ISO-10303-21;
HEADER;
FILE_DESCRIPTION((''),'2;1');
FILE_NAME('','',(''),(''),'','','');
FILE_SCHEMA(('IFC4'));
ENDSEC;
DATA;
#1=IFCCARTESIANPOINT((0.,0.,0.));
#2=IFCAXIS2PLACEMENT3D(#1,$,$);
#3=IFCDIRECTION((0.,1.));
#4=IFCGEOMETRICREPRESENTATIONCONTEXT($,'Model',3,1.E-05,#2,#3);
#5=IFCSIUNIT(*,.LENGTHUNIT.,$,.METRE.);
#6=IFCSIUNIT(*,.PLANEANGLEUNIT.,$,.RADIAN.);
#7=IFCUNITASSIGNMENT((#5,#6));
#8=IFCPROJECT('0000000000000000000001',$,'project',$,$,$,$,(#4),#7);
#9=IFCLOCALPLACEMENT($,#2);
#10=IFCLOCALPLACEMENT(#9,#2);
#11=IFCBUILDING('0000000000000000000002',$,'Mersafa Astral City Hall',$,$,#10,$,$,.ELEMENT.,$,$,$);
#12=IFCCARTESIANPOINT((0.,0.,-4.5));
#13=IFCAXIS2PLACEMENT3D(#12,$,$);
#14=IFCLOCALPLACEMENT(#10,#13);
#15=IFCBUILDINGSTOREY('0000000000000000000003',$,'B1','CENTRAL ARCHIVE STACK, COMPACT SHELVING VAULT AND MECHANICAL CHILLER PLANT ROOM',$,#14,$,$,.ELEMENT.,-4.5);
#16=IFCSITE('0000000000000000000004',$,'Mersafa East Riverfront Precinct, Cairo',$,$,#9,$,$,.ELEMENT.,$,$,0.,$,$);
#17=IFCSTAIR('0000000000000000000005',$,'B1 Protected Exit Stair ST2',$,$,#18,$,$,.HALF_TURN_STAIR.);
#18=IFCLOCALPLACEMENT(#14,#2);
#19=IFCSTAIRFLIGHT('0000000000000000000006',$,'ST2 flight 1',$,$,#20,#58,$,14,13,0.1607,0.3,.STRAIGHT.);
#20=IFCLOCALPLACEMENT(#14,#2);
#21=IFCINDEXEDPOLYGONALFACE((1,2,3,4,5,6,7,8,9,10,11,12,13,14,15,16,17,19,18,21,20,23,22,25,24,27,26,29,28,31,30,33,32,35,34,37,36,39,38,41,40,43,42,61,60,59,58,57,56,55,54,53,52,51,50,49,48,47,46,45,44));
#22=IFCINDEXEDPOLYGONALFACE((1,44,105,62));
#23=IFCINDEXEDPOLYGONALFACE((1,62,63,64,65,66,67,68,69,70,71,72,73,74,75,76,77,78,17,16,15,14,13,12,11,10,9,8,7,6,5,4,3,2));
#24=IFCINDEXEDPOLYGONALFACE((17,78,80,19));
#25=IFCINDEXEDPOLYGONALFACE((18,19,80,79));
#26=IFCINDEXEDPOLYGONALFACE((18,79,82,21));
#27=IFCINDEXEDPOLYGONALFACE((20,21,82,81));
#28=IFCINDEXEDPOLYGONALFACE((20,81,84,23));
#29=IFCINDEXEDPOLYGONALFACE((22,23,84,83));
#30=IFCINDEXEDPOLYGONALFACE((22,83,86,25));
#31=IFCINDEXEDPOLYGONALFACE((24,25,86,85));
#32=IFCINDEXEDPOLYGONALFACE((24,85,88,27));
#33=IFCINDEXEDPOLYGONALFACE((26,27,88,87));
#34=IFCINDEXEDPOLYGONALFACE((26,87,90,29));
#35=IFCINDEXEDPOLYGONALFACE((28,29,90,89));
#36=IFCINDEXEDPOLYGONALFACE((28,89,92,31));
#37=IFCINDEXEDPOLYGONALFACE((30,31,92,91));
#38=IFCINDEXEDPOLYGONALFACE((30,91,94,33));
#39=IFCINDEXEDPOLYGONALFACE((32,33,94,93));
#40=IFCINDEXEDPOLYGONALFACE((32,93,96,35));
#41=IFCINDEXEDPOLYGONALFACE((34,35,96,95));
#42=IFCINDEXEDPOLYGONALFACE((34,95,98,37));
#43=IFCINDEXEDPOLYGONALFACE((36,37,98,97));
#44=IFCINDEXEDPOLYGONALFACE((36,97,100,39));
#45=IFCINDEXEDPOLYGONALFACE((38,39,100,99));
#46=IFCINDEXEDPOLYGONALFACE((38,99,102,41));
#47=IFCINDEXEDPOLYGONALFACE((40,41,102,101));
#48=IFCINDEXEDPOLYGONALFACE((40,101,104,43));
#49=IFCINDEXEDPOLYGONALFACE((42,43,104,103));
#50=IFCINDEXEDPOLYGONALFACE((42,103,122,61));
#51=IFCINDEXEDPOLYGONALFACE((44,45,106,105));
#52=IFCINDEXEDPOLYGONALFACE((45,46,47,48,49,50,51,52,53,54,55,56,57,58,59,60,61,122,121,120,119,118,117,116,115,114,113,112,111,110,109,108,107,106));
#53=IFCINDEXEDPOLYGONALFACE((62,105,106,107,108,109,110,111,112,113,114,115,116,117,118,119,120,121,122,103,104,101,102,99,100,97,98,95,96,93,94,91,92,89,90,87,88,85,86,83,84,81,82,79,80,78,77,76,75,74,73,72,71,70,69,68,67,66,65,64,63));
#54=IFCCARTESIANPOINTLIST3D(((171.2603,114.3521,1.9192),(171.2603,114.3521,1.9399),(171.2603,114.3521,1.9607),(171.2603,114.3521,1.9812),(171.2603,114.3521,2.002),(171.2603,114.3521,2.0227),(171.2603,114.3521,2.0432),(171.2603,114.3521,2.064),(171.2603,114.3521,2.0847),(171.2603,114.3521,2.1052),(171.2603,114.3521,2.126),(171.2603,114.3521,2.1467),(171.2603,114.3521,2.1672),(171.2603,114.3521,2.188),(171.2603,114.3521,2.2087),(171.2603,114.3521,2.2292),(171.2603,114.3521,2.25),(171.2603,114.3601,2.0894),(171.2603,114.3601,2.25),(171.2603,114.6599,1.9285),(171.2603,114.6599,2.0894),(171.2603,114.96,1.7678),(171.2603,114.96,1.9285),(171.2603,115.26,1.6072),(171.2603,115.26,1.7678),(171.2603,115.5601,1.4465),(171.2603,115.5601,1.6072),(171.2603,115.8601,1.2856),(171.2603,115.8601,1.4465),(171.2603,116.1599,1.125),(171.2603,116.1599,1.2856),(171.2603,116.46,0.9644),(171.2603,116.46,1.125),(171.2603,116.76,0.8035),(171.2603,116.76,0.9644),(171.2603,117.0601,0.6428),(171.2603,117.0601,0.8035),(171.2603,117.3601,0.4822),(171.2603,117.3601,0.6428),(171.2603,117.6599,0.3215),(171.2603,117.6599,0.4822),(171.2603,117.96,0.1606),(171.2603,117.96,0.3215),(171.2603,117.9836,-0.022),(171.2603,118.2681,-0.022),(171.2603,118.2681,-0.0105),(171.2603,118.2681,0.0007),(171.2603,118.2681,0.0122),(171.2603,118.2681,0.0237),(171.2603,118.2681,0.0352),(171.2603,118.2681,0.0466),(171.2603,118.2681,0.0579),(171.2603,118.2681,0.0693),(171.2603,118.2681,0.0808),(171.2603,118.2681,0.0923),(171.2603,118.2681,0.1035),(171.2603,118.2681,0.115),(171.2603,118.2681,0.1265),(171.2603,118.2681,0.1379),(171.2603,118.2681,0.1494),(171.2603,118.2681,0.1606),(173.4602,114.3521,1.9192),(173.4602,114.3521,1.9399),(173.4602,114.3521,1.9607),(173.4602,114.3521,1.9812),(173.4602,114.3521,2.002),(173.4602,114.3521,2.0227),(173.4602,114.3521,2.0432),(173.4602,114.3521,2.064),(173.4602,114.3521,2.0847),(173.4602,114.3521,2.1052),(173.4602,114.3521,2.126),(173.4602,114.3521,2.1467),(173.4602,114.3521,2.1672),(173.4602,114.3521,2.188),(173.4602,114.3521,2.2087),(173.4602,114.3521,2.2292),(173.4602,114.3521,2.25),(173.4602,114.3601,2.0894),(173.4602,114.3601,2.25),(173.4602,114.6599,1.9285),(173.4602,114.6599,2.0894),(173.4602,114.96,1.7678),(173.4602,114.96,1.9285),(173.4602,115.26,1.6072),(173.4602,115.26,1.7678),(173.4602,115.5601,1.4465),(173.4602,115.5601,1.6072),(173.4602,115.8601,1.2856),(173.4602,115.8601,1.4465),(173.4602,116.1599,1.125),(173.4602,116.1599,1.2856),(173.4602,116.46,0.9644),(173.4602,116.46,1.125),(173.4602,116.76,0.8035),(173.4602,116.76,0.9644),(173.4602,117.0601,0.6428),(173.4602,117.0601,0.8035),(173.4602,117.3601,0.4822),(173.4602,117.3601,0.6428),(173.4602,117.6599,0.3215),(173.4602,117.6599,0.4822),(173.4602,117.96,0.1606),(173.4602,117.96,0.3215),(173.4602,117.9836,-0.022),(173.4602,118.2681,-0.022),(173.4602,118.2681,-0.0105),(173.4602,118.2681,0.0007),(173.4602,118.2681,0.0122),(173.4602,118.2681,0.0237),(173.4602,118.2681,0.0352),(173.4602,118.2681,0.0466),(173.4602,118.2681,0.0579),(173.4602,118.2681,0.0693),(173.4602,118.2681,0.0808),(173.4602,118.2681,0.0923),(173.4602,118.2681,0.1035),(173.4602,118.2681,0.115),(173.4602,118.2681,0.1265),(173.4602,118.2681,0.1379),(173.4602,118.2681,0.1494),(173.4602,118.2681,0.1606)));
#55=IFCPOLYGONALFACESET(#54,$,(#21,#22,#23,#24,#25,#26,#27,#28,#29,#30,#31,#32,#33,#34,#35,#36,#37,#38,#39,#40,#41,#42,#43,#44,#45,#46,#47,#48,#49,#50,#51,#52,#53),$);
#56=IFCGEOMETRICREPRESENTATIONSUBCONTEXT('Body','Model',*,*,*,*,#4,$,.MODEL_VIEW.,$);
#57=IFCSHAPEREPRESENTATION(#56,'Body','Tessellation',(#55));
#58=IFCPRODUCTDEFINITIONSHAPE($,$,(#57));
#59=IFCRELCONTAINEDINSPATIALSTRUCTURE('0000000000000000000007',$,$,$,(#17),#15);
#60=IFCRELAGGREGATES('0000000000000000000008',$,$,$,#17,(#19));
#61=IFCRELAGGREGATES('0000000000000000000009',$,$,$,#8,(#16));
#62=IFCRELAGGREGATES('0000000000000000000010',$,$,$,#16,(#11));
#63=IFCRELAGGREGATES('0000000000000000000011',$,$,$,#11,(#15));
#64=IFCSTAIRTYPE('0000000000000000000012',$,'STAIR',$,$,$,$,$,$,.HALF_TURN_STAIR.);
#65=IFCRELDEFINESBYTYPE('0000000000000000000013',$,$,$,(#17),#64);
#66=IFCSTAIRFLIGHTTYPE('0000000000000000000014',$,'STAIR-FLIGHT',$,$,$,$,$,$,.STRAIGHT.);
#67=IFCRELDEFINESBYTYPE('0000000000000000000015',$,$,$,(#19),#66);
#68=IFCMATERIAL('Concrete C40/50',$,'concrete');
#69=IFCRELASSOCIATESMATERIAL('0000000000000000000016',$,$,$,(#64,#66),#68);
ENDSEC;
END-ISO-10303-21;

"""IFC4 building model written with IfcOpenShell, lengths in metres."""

from ifc_helpers import new_model, si_unit, direction, frame, origin, place, context, subcontext, project, spatial, polyline, outline, extrude, material, type_object, element, aggregate, save


model = new_model("IFC4")

# Units and contexts
model_context = context("Model", 3, precision=1e-05, world=origin(), true_north=direction((0.0, 1.0)))
body_context = subcontext(model_context, "Body", "Model", "MODEL_VIEW")
ifc_project = project(units=[si_unit("LENGTHUNIT", "METRE"), si_unit("PLANEANGLEUNIT", "RADIAN")], contexts=[model_context])

# Site, building, storey
site_placement = place(None, origin())
site = spatial("IfcSite", under=ifc_project, at=site_placement, Name="Mersafa East Riverfront Precinct, Cairo", CompositionType="ELEMENT", RefElevation=0.0)
building_placement = place(site_placement, origin())
building = spatial("IfcBuilding", under=site, at=building_placement, Name="Mersafa Astral City Hall", CompositionType="ELEMENT")
storey_placement = place(building_placement, frame((0.0, 0.0, -4.5)))
storey = spatial("IfcBuildingStorey", under=building, at=storey_placement, Name="B1", Description="CENTRAL ARCHIVE STACK, COMPACT SHELVING VAULT AND MECHANICAL CHILLER PLANT ROOM", CompositionType="ELEMENT", Elevation=-4.5)

# Shared definitions
ifc_material_1 = material(Name="Concrete C40/50", Category="concrete")

# Stair, stair flight
stair_type = type_object("IfcStairType", Name="STAIR", PredefinedType="HALF_TURN_STAIR", material=ifc_material_1)
stair_placement = place(storey_placement, origin())
stair = element("IfcStair", 1, at=stair_placement, inside=storey, type_object=stair_type, Name="B1 Protected Exit Stair ST2", PredefinedType="HALF_TURN_STAIR")
stair_flight_type = type_object("IfcStairFlightType", Name="STAIR-FLIGHT", PredefinedType="STRAIGHT", material=ifc_material_1)
stair_flight_placement = place(storey_placement, frame((172.3601, 118.26, 0.0), z_axis=(0.0, 0.0, 1.0), x_axis=(0.0, -1.0, 0.0)))
stair_flight = element("IfcStairFlight", 2, at=stair_flight_placement, type_object=stair_flight_type, Name="ST2 flight 1", NumberOfRisers=14, NumberOfTreads=13, PredefinedType="STRAIGHT", RiserHeight=0.1607, TreadLength=0.3, context=body_context, shape_type="SweptSolid", body=[
    extrude(outline(polyline([(-0.0081, -0.022), (-0.0081, -0.0105), (-0.0081, 0.0007), (-0.0081, 0.0122), (-0.0081, 0.0237), (-0.0081, 0.0352), (-0.0081, 0.0466), (-0.0081, 0.0579), (-0.0081, 0.0693), (-0.0081, 0.0808), (-0.0081, 0.0923), (-0.0081, 0.1035), (-0.0081, 0.115), (-0.0081, 0.1265), (-0.0081, 0.1379), (-0.0081, 0.1494), (-0.0081, 0.1606), (0.3, 0.1606), (0.3, 0.3215), (0.6001, 0.3215), (0.6001, 0.4822), (0.8999, 0.4822), (0.8999, 0.6428), (1.2, 0.6428), (1.2, 0.8035), (1.5, 0.8035), (1.5, 0.9644), (1.8, 0.9644), (1.8, 1.125), (2.1001, 1.125), (2.1001, 1.2856), (2.3999, 1.2856), (2.3999, 1.4465), (2.7, 1.4465), (2.7, 1.6072), (3.0, 1.6072), (3.0, 1.7678), (3.3, 1.7678), (3.3, 1.9285), (3.6001, 1.9285), (3.6001, 2.0894), (3.8999, 2.0894), (3.8999, 2.25), (3.908, 2.25), (3.908, 2.2292), (3.908, 2.2087), (3.908, 2.188), (3.908, 2.1672), (3.908, 2.1467), (3.908, 2.126), (3.908, 2.1052), (3.908, 2.0847), (3.908, 2.064), (3.908, 2.0432), (3.908, 2.0227), (3.908, 2.002), (3.908, 1.9812), (3.908, 1.9607), (3.908, 1.9399), (3.908, 1.9192), (0.2764, -0.022), (-0.0081, -0.022)])), frame((0.0, 1.1001, 0.0), z_axis=(0.0, -1.0, 0.0), x_axis=(1.0, 0.0, 0.0)), (0.0, 0.0, 1.0), 2.2),
])
aggregate(stair, [stair_flight])

save(model, "model.ifc")
